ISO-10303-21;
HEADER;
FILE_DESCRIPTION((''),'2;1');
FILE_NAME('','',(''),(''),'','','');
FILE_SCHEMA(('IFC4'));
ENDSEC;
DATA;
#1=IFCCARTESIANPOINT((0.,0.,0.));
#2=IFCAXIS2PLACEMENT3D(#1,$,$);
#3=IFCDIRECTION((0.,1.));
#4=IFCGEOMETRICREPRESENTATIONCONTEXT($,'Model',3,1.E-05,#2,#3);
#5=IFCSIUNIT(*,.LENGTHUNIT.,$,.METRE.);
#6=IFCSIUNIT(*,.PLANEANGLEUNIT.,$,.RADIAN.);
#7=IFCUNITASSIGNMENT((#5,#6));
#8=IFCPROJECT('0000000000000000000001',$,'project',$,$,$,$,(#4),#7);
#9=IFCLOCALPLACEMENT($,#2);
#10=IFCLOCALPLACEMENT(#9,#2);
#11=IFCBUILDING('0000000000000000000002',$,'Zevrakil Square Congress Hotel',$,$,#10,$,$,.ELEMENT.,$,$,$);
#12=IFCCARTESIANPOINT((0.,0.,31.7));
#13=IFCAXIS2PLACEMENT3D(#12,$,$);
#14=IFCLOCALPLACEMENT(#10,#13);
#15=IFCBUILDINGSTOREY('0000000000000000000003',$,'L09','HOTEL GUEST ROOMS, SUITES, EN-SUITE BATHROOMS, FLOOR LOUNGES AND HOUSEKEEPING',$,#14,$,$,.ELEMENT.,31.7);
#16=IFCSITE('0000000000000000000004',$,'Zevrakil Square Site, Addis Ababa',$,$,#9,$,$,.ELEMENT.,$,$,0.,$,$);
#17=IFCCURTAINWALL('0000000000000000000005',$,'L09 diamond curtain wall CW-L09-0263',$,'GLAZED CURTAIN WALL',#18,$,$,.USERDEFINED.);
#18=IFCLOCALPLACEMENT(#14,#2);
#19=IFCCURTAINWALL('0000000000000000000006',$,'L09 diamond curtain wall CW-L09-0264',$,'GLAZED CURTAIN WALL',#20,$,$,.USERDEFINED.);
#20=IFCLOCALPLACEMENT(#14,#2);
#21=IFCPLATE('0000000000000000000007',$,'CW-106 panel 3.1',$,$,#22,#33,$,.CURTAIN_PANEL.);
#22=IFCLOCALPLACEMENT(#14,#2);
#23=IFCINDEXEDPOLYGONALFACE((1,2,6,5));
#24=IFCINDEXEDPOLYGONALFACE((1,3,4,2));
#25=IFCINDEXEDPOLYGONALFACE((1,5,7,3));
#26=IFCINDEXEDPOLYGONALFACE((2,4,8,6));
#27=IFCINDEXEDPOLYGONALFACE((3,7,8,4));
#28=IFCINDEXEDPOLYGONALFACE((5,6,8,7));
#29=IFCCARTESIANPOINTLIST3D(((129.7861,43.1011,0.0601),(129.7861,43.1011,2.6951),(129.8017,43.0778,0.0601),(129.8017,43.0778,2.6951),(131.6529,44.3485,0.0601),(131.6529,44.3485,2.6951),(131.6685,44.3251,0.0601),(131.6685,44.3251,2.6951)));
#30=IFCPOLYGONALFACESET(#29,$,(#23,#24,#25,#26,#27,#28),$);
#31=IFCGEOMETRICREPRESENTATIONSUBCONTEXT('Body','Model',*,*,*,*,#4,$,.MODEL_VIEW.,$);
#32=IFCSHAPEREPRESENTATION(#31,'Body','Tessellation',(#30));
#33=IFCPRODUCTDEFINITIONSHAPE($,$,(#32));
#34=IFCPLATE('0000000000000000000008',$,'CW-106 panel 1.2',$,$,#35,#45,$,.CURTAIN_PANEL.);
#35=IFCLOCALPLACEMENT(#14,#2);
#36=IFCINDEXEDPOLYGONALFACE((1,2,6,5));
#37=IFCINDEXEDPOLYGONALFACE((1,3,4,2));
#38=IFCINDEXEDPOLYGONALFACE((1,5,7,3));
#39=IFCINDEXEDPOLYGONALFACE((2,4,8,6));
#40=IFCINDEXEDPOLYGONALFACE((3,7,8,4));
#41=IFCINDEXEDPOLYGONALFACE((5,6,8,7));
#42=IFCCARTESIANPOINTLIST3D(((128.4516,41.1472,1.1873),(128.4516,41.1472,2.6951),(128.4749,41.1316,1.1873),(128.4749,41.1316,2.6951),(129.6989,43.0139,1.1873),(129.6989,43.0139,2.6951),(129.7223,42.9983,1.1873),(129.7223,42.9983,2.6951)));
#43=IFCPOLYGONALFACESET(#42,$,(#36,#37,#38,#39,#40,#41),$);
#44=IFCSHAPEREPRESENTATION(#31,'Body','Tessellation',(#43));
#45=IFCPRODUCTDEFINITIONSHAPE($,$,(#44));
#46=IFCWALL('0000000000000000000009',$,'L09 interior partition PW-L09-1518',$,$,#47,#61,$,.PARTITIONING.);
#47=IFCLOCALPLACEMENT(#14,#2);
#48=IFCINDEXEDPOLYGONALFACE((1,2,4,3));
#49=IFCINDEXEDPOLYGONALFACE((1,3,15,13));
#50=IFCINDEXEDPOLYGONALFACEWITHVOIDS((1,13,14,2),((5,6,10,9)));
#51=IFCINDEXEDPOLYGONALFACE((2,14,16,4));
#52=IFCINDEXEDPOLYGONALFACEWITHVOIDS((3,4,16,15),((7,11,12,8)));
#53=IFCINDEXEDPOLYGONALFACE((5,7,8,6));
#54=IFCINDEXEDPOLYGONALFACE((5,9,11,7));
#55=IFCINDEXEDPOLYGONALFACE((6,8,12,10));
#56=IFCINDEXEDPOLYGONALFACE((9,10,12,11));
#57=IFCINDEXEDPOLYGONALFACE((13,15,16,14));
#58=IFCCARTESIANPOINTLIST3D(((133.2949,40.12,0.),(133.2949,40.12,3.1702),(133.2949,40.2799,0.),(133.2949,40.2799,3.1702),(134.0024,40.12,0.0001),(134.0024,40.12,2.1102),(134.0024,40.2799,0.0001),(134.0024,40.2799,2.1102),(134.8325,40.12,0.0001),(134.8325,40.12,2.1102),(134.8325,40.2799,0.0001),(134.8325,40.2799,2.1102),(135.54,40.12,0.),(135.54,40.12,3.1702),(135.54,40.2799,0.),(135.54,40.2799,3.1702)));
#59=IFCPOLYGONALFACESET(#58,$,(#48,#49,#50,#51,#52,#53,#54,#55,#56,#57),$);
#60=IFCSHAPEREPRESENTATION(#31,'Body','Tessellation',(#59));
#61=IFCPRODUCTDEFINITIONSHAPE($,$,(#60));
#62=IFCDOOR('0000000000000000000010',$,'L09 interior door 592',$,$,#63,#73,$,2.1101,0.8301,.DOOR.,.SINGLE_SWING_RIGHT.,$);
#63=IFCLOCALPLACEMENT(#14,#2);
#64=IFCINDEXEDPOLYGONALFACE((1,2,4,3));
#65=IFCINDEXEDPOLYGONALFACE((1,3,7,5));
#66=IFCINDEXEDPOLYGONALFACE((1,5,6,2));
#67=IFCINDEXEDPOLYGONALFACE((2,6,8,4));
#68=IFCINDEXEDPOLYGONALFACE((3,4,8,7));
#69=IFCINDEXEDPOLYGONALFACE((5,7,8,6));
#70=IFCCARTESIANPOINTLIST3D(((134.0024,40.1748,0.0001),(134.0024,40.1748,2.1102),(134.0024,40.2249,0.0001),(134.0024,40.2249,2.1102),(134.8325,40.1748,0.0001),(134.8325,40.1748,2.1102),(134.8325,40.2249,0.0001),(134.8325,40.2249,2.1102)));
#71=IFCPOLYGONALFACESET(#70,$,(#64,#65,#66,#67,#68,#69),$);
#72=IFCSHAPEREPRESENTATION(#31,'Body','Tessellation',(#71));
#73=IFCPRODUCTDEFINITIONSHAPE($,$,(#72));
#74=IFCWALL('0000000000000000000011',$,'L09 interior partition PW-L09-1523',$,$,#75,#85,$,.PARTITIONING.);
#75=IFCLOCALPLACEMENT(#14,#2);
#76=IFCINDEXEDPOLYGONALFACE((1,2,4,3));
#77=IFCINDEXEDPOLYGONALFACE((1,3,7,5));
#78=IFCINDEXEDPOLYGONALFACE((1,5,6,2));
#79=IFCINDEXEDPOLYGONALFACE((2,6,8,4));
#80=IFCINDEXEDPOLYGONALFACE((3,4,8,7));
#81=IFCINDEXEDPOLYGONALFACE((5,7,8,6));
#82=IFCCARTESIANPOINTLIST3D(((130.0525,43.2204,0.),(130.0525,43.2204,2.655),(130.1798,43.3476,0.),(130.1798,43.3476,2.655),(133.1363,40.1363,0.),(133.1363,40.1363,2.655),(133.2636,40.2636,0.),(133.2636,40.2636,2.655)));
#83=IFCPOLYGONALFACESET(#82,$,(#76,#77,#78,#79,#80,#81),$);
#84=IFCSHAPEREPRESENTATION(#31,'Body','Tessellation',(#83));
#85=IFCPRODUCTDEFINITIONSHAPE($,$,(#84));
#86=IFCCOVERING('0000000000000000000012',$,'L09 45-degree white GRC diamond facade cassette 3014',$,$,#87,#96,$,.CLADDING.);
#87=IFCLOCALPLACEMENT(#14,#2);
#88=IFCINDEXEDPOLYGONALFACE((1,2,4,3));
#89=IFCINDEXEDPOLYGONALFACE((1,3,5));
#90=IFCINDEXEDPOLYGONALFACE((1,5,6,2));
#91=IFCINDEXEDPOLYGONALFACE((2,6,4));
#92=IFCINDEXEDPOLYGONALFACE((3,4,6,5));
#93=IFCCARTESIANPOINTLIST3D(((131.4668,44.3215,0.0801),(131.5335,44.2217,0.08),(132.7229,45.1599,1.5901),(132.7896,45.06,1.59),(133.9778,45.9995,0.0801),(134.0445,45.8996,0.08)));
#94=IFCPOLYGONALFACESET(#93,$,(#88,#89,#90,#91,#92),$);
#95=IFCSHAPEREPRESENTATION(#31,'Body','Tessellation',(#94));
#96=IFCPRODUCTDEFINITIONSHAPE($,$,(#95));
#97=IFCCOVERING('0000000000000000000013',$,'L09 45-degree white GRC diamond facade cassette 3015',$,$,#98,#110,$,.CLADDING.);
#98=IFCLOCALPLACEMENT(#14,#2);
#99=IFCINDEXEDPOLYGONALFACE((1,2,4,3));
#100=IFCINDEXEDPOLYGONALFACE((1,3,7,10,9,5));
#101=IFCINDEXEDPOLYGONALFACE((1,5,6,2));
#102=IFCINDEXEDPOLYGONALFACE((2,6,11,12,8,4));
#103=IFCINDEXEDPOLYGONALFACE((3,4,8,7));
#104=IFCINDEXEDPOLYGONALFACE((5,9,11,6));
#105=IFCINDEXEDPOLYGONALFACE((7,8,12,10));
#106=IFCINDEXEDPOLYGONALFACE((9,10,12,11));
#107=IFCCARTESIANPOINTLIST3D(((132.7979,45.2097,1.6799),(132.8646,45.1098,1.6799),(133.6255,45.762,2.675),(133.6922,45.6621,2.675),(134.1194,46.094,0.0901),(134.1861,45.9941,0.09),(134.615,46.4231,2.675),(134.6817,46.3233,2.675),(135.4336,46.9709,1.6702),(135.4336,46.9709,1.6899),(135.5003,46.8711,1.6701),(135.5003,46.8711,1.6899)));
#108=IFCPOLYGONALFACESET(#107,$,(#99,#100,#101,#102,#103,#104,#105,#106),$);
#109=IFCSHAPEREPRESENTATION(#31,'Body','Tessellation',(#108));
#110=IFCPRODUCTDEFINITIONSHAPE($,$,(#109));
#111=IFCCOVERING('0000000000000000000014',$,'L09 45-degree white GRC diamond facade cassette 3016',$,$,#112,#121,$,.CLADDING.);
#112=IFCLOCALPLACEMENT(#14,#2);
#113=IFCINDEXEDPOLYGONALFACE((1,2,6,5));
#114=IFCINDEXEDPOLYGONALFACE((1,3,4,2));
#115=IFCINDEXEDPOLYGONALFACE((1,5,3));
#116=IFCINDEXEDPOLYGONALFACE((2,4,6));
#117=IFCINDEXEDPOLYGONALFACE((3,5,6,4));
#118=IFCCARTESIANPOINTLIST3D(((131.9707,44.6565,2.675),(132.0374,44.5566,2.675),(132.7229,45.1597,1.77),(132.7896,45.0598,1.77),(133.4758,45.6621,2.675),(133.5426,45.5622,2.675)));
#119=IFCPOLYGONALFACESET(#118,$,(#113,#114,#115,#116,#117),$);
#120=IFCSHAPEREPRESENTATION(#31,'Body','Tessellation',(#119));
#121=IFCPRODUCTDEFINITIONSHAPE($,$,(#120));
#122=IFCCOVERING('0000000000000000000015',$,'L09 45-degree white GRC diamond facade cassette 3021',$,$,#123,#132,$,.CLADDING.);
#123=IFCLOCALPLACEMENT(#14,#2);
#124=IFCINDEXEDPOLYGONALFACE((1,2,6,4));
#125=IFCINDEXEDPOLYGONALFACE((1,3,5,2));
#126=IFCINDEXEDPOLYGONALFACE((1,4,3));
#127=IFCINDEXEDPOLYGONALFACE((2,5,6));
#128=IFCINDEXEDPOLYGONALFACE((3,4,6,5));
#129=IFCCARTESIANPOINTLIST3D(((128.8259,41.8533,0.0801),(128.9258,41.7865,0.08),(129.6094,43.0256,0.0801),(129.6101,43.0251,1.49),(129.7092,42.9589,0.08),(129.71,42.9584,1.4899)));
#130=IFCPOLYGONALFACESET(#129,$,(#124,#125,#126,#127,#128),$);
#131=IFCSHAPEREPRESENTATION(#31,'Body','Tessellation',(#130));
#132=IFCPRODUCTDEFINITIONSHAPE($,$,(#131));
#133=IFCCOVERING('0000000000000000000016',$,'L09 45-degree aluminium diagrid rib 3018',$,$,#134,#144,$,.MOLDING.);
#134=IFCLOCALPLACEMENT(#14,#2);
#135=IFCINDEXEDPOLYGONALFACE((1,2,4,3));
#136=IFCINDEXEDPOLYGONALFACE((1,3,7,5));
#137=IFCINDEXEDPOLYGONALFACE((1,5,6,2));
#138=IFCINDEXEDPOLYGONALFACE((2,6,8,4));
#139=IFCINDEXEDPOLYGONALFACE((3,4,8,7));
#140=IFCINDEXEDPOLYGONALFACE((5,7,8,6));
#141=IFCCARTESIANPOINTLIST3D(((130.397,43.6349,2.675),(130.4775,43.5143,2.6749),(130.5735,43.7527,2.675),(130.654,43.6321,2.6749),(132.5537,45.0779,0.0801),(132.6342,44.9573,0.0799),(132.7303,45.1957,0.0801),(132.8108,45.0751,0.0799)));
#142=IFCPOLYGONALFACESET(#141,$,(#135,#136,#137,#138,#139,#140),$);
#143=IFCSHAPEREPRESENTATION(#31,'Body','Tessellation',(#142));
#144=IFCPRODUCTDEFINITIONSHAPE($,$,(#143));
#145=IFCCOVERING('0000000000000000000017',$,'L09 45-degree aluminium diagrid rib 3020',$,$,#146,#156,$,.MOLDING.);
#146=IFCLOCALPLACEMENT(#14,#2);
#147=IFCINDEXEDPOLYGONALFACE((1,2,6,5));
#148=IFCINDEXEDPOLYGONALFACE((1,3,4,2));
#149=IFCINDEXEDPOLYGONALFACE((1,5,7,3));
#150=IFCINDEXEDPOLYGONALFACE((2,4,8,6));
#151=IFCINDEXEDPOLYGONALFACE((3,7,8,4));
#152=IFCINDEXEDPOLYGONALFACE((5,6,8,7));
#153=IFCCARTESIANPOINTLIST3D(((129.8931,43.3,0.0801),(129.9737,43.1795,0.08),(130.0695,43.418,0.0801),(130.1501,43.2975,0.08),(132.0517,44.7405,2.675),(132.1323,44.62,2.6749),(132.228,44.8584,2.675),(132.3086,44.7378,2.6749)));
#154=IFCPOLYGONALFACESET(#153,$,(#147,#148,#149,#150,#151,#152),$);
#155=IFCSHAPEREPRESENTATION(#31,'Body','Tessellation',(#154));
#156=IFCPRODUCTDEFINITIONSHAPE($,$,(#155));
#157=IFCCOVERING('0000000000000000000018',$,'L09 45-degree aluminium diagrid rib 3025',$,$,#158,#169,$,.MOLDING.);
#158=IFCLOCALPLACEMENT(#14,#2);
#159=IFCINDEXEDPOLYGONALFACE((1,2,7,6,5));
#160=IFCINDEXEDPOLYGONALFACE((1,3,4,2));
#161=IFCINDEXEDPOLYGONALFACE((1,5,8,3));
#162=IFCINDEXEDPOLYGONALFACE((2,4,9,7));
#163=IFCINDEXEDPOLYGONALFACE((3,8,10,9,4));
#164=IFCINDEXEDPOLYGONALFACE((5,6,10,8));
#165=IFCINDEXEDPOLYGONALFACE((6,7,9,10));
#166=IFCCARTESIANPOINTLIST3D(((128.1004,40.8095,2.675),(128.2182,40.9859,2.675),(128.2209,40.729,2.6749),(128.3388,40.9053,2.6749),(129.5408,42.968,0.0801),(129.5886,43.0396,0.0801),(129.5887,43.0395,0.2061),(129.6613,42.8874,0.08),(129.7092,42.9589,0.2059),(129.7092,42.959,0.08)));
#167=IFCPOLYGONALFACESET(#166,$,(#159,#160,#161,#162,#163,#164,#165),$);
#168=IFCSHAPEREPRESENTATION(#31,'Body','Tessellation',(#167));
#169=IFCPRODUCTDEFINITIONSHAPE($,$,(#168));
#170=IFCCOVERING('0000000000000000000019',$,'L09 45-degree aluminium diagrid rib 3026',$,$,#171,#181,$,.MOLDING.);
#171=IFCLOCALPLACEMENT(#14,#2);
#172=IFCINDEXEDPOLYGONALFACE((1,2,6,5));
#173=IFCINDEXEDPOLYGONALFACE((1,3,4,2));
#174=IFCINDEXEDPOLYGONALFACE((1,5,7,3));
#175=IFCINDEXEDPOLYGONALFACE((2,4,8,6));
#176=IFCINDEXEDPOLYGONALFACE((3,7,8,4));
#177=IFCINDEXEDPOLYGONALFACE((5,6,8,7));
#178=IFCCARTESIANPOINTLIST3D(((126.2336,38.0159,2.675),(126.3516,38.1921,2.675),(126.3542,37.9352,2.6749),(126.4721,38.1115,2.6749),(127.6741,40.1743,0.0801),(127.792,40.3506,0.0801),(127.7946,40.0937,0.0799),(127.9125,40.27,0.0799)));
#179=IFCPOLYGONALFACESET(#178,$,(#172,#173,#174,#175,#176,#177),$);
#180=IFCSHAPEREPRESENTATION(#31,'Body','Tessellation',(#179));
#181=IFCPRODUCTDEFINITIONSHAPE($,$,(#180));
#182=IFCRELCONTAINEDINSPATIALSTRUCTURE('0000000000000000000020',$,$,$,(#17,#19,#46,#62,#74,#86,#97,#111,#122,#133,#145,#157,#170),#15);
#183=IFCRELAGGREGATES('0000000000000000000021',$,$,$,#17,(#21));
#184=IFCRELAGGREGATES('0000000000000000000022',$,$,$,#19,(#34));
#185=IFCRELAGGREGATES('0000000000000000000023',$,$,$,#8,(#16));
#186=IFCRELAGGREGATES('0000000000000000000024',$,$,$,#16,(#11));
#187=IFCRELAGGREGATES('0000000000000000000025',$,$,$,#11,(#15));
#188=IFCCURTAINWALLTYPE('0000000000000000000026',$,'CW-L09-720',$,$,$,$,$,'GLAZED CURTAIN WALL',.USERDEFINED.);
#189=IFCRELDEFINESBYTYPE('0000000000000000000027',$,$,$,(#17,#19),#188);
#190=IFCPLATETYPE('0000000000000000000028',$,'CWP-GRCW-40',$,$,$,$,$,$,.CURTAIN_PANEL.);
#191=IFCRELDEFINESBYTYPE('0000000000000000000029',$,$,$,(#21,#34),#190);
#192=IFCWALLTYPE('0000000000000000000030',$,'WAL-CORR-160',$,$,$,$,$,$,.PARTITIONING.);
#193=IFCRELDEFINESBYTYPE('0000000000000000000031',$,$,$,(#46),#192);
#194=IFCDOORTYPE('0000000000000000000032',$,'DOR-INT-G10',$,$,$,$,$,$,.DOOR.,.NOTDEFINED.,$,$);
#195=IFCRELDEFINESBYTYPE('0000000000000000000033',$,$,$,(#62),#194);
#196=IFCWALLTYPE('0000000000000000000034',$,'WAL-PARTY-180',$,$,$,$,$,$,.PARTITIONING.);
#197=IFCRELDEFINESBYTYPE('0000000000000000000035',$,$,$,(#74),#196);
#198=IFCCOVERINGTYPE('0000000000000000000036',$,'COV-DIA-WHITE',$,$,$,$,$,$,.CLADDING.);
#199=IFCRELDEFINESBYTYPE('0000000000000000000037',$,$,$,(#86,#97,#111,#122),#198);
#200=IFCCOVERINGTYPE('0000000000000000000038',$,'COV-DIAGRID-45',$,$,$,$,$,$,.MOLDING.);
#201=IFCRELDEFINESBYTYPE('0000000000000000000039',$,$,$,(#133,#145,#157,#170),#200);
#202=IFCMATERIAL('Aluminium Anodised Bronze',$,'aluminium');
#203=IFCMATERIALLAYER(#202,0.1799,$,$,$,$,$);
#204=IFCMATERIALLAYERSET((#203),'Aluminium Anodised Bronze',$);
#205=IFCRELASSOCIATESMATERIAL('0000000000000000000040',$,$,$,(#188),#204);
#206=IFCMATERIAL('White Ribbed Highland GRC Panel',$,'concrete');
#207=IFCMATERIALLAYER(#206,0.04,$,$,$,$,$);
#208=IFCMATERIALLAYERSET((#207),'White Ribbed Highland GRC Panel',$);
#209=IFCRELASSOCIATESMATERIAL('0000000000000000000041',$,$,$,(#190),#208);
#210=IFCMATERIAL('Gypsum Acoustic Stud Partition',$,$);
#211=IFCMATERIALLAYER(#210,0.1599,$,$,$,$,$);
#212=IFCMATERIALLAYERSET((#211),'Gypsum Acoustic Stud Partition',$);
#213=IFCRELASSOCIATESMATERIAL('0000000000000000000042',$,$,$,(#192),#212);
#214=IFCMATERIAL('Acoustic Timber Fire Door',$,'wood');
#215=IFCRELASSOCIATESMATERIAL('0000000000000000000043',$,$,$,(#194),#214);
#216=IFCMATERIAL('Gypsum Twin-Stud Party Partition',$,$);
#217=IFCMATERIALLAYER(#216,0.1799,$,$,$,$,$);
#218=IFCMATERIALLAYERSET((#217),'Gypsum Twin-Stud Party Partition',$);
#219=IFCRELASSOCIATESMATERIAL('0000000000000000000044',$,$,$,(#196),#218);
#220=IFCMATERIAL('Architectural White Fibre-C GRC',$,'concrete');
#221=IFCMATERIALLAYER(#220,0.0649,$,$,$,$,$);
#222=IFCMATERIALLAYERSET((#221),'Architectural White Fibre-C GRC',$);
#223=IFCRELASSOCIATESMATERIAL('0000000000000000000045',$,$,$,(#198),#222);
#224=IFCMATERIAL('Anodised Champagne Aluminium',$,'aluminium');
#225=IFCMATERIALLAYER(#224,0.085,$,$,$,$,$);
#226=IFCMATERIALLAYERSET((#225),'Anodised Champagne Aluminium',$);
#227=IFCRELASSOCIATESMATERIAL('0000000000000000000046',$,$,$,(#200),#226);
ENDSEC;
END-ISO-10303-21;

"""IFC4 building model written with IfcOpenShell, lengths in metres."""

from ifc_helpers import new_model, si_unit, direction, frame, frame_2d, origin, origin_2d, place, context, subcontext, project, spatial, polyline, rectangle, outline, extrude, material, layer, layer_set, type_object, element, fill, aggregate, save


model = new_model("IFC4")

# Units and contexts
model_context = context("Model", 3, precision=1e-05, world=origin(), true_north=direction((0.0, 1.0)))
body_context = subcontext(model_context, "Body", "Model", "MODEL_VIEW")
ifc_project = project(units=[si_unit("LENGTHUNIT", "METRE"), si_unit("PLANEANGLEUNIT", "RADIAN")], contexts=[model_context])

# Site, building, storey
site_placement = place(None, origin())
site = spatial("IfcSite", under=ifc_project, at=site_placement, Name="Zevrakil Square Site, Addis Ababa", CompositionType="ELEMENT", RefElevation=0.0)
building_placement = place(site_placement, origin())
building = spatial("IfcBuilding", under=site, at=building_placement, Name="Zevrakil Square Congress Hotel", CompositionType="ELEMENT")
storey_placement = place(building_placement, frame((0.0, 0.0, 31.7)))
storey = spatial("IfcBuildingStorey", under=building, at=storey_placement, Name="L09", Description="HOTEL GUEST ROOMS, SUITES, EN-SUITE BATHROOMS, FLOOR LOUNGES AND HOUSEKEEPING", CompositionType="ELEMENT", Elevation=31.7)

# Curtain walls
ifc_material_1 = material(Name="Aluminium Anodised Bronze", Category="aluminium")
ifc_layer_1 = layer(ifc_material_1, 0.1799)
ifc_layer_set_1 = layer_set([ifc_layer_1], Name="Aluminium Anodised Bronze")
curtain_wall_type = type_object("IfcCurtainWallType", Name="CW-L09-720", ElementType="GLAZED CURTAIN WALL", PredefinedType="USERDEFINED", material=ifc_layer_set_1)
curtain_wall_1_placement = place(storey_placement, origin())
curtain_wall_1 = element("IfcCurtainWall", 1, at=curtain_wall_1_placement, inside=storey, type_object=curtain_wall_type, Name="L09 diamond curtain wall CW-L09-0263", ObjectType="GLAZED CURTAIN WALL", PredefinedType="USERDEFINED")
curtain_wall_2_placement = place(storey_placement, origin())
curtain_wall_2 = element("IfcCurtainWall", 2, at=curtain_wall_2_placement, inside=storey, type_object=curtain_wall_type, Name="L09 diamond curtain wall CW-L09-0264", ObjectType="GLAZED CURTAIN WALL", PredefinedType="USERDEFINED")

# Plates
ifc_material_2 = material(Name="White Ribbed Highland GRC Panel", Category="concrete")
ifc_layer_2 = layer(ifc_material_2, 0.04)
ifc_layer_set_2 = layer_set([ifc_layer_2], Name="White Ribbed Highland GRC Panel")
plate_type_1 = type_object("IfcPlateType", Name="CWP-GRCW-40", PredefinedType="CURTAIN_PANEL", material=ifc_layer_set_2)
plate_1_placement = place(storey_placement, frame((130.7273, 43.7131, 0.0601), z_axis=(0.0, 0.0, 1.0), x_axis=(-0.831466, -0.555576, 0.0)))
plate_1 = element("IfcPlate", 3, at=plate_1_placement, type_object=plate_type_1, Name="CW-106 panel 3.1", PredefinedType="CURTAIN_PANEL", context=body_context, shape_type="SweptSolid", body=[
    extrude(rectangle(XDim=2.2451, YDim=0.0281, at=origin_2d()), origin(), (0.0, 0.0, 1.0), 2.635),
])
aggregate(curtain_wall_1, [plate_1])
plate_2_placement = place(storey_placement, frame((129.0869, 42.0728, 1.1873), z_axis=(0.0, 0.0, 1.0), x_axis=(-0.555576, -0.831466, 0.0)))
plate_2 = element("IfcPlate", 4, at=plate_2_placement, type_object=plate_type_1, Name="CW-106 panel 1.2", PredefinedType="CURTAIN_PANEL", context=body_context, shape_type="SweptSolid", body=[
    extrude(rectangle(XDim=2.2451, YDim=0.0281, at=origin_2d()), origin(), (0.0, 0.0, 1.0), 1.5078),
])
aggregate(curtain_wall_2, [plate_2])

# Wall, opening, door
ifc_material_3 = material(Name="Gypsum Acoustic Stud Partition")
ifc_layer_3 = layer(ifc_material_3, 0.1599)
ifc_layer_set_3 = layer_set([ifc_layer_3], Name="Gypsum Acoustic Stud Partition")
wall_type_1 = type_object("IfcWallType", Name="WAL-CORR-160", PredefinedType="PARTITIONING", material=ifc_layer_set_3)
wall_1_placement = place(storey_placement, frame((133.2949, 40.2, 0.0), z_axis=(0.0, 0.0, 1.0), x_axis=(1.0, 0.0, 0.0)))
wall_1 = element("IfcWall", 5, at=wall_1_placement, inside=storey, type_object=wall_type_1, Name="L09 interior partition PW-L09-1518", PredefinedType="PARTITIONING", context=body_context, shape_type="SweptSolid", body=[
    extrude(rectangle(XDim=2.2451, YDim=0.1599, at=frame_2d((1.1226, 0.0))), origin(), (0.0, 0.0, 1.0), 3.1702),
])
opening_placement = place(wall_1_placement, frame((0.7075, 0.0, 0.0)))
opening = element("IfcOpeningElement", 6, at=opening_placement, cuts=wall_1, PredefinedType="OPENING", context=body_context, shape_type="SweptSolid", body=[
    extrude(rectangle(XDim=0.8301, YDim=2.1101, at=frame_2d((0.415, 1.0552))), frame((0.0, 0.0898, 0.0), z_axis=(0.0, -1.0, 0.0), x_axis=(1.0, 0.0, 0.0)), (0.0, 0.0, 1.0), 0.1799),
])
ifc_material_4 = material(Name="Acoustic Timber Fire Door", Category="wood")
door_type = type_object("IfcDoorType", Name="DOR-INT-G10", OperationType="NOTDEFINED", PredefinedType="DOOR", material=ifc_material_4)
door_placement = place(opening_placement, origin())
door = element("IfcDoor", 7, at=door_placement, inside=storey, type_object=door_type, Name="L09 interior door 592", OperationType="SINGLE_SWING_RIGHT", OverallHeight=2.1101, OverallWidth=0.8301, PredefinedType="DOOR", context=body_context, shape_type="SweptSolid", body=[
    extrude(rectangle(XDim=0.8301, YDim=2.1101, at=frame_2d((0.415, 1.0552))), frame((0.0, 0.0249, 0.0), z_axis=(0.0, -1.0, 0.0), x_axis=(1.0, 0.0, 0.0)), (0.0, 0.0, 1.0), 0.05),
])
fill(opening, door)

# Wall
ifc_material_5 = material(Name="Gypsum Twin-Stud Party Partition")
ifc_layer_4 = layer(ifc_material_5, 0.1799)
ifc_layer_set_4 = layer_set([ifc_layer_4], Name="Gypsum Twin-Stud Party Partition")
wall_type_2 = type_object("IfcWallType", Name="WAL-PARTY-180", PredefinedType="PARTITIONING", material=ifc_layer_set_4)
wall_2_placement = place(storey_placement, frame((133.2, 40.2, 0.0), z_axis=(0.0, 0.0, 1.0), x_axis=(-0.707079, 0.707135, 0.0)))
element("IfcWall", 8, at=wall_2_placement, inside=storey, type_object=wall_type_2, Name="L09 interior partition PW-L09-1523", PredefinedType="PARTITIONING", context=body_context, shape_type="SweptSolid", body=[
    extrude(rectangle(XDim=4.3613, YDim=0.1799, at=frame_2d((2.1807, 0.0))), origin(), (0.0, 0.0, 1.0), 2.655),
])

# Coverings
ifc_material_6 = material(Name="Architectural White Fibre-C GRC", Category="concrete")
ifc_layer_5 = layer(ifc_material_6, 0.0649)
ifc_layer_set_5 = layer_set([ifc_layer_5], Name="Architectural White Fibre-C GRC")
covering_type_1 = type_object("IfcCoveringType", Name="COV-DIA-WHITE", PredefinedType="CLADDING", material=ifc_layer_set_5)
covering_1_placement = place(storey_placement, frame((132.7229, 45.1599, 1.5901), z_axis=(-0.555614, 0.83144, 0.000561), x_axis=(-0.588172, -0.392572, -0.707064)))
element("IfcCovering", 9, at=covering_1_placement, inside=storey, type_object=covering_type_1, Name="L09 45-degree white GRC diamond facade cassette 3014", PredefinedType="CLADDING", context=body_context, shape_type="SweptSolid", body=[
    extrude(outline(polyline([(0.0, 0.0), (2.1356, 0.0), (0.0, -2.1354), (0.0, 0.0)])), origin(), (0.0, 0.0, -1.0), 0.1201),
])
covering_2_placement = place(storey_placement, frame((132.7979, 45.2097, 1.6799), z_axis=(-0.555584, 0.83146, 0.000657), x_axis=(0.587719, 0.393274, -0.707051)))
element("IfcCovering", 10, at=covering_2_placement, inside=storey, type_object=covering_type_1, Name="L09 45-degree white GRC diamond facade cassette 3015", PredefinedType="CLADDING", context=body_context, shape_type="SweptSolid", body=[
    extrude(outline(polyline([(0.0, 0.0), (2.2486, 0.0), (2.2486, -2.2345), (2.2346, -2.2485), (0.8416, -2.2486), (0.0, -1.4072), (0.0, 0.0)])), origin(), (0.0, 0.0, -1.0), 0.1201),
])
covering_3_placement = place(storey_placement, frame((132.7229, 45.1597, 1.77), z_axis=(-0.55554, 0.831489, 0.000561), x_axis=(0.588221, 0.392529, 0.707048)))
element("IfcCovering", 11, at=covering_3_placement, inside=storey, type_object=covering_type_1, Name="L09 45-degree white GRC diamond facade cassette 3016", PredefinedType="CLADDING", context=body_context, shape_type="SweptSolid", body=[
    extrude(outline(polyline([(0.0, 0.0), (1.28, 0.0), (-0.0001, -1.2799), (0.0, 0.0)])), origin(), (0.0, 0.0, -1.0), 0.1201),
])
covering_4_placement = place(storey_placement, frame((128.8259, 41.8533, 0.0801), z_axis=(-0.831437, 0.555619, 0.000624), x_axis=(0.555619, 0.831437, 0.0)))
element("IfcCovering", 12, at=covering_4_placement, inside=storey, type_object=covering_type_1, Name="L09 45-degree white GRC diamond facade cassette 3021", PredefinedType="CLADDING", context=body_context, shape_type="SweptSolid", body=[
    extrude(outline(polyline([(0.0, 0.0), (1.41, 0.0), (1.41, -1.4099), (0.0, 0.0)])), origin(), (0.0, 0.0, -1.0), 0.1201),
])
ifc_material_7 = material(Name="Anodised Champagne Aluminium", Category="aluminium")
ifc_layer_6 = layer(ifc_material_7, 0.085)
ifc_layer_set_6 = layer_set([ifc_layer_6], Name="Anodised Champagne Aluminium")
covering_type_2 = type_object("IfcCoveringType", Name="COV-DIAGRID-45", PredefinedType="MOLDING", material=ifc_layer_set_6)
covering_5_placement = place(storey_placement, frame((132.5537, 45.0779, 0.0801), z_axis=(-0.555098, 0.831784, 0.001178), x_axis=(0.831785, 0.555098, -0.000001)))
element("IfcCovering", 13, at=covering_5_placement, inside=storey, type_object=covering_type_2, Name="L09 45-degree aluminium diagrid rib 3018", PredefinedType="MOLDING", context=body_context, shape_type="SweptSolid", body=[
    extrude(outline(polyline([(0.0, 0.0), (0.2123, 0.0), (-2.3827, -2.595), (-2.5949, -2.595), (0.0, 0.0)])), origin(), (0.0, 0.0, -1.0), 0.145),
])
covering_6_placement = place(storey_placement, frame((132.228, 44.8584, 2.675), z_axis=(-0.555762, 0.831341, 0.000833), x_axis=(-0.831342, -0.555762, 0.0)))
element("IfcCovering", 14, at=covering_6_placement, inside=storey, type_object=covering_type_2, Name="L09 45-degree aluminium diagrid rib 3020", PredefinedType="MOLDING", context=body_context, shape_type="SweptSolid", body=[
    extrude(outline(polyline([(0.0, 0.0), (0.2121, 0.0), (2.8072, -2.595), (2.5949, -2.595), (0.0, 0.0)])), origin(), (0.0, 0.0, -1.0), 0.145),
])
covering_7_placement = place(storey_placement, frame((129.5408, 42.968, 0.0801), z_axis=(-0.831355, 0.555741, 0.000799), x_axis=(0.555741, 0.831355, 0.0)))
element("IfcCovering", 15, at=covering_7_placement, inside=storey, type_object=covering_type_2, Name="L09 45-degree aluminium diagrid rib 3025", PredefinedType="MOLDING", context=body_context, shape_type="SweptSolid", body=[
    extrude(outline(polyline([(0.0, 0.0), (0.0861, 0.0), (0.0861, -0.126), (-2.3829, -2.595), (-2.5949, -2.595), (0.0, 0.0)])), origin(), (0.0, 0.0, -1.0), 0.145),
])
covering_8_placement = place(storey_placement, frame((127.6741, 40.1743, 0.0801), z_axis=(-0.831163, 0.556027, 0.001127), x_axis=(0.556028, 0.831164, 0.0)))
element("IfcCovering", 16, at=covering_8_placement, inside=storey, type_object=covering_type_2, Name="L09 45-degree aluminium diagrid rib 3026", PredefinedType="MOLDING", context=body_context, shape_type="SweptSolid", body=[
    extrude(outline(polyline([(0.0, 0.0), (0.2121, 0.0), (-2.3829, -2.595), (-2.5949, -2.595), (0.0, 0.0)])), origin(), (0.0, 0.0, -1.0), 0.145),
])

save(model, "model.ifc")
